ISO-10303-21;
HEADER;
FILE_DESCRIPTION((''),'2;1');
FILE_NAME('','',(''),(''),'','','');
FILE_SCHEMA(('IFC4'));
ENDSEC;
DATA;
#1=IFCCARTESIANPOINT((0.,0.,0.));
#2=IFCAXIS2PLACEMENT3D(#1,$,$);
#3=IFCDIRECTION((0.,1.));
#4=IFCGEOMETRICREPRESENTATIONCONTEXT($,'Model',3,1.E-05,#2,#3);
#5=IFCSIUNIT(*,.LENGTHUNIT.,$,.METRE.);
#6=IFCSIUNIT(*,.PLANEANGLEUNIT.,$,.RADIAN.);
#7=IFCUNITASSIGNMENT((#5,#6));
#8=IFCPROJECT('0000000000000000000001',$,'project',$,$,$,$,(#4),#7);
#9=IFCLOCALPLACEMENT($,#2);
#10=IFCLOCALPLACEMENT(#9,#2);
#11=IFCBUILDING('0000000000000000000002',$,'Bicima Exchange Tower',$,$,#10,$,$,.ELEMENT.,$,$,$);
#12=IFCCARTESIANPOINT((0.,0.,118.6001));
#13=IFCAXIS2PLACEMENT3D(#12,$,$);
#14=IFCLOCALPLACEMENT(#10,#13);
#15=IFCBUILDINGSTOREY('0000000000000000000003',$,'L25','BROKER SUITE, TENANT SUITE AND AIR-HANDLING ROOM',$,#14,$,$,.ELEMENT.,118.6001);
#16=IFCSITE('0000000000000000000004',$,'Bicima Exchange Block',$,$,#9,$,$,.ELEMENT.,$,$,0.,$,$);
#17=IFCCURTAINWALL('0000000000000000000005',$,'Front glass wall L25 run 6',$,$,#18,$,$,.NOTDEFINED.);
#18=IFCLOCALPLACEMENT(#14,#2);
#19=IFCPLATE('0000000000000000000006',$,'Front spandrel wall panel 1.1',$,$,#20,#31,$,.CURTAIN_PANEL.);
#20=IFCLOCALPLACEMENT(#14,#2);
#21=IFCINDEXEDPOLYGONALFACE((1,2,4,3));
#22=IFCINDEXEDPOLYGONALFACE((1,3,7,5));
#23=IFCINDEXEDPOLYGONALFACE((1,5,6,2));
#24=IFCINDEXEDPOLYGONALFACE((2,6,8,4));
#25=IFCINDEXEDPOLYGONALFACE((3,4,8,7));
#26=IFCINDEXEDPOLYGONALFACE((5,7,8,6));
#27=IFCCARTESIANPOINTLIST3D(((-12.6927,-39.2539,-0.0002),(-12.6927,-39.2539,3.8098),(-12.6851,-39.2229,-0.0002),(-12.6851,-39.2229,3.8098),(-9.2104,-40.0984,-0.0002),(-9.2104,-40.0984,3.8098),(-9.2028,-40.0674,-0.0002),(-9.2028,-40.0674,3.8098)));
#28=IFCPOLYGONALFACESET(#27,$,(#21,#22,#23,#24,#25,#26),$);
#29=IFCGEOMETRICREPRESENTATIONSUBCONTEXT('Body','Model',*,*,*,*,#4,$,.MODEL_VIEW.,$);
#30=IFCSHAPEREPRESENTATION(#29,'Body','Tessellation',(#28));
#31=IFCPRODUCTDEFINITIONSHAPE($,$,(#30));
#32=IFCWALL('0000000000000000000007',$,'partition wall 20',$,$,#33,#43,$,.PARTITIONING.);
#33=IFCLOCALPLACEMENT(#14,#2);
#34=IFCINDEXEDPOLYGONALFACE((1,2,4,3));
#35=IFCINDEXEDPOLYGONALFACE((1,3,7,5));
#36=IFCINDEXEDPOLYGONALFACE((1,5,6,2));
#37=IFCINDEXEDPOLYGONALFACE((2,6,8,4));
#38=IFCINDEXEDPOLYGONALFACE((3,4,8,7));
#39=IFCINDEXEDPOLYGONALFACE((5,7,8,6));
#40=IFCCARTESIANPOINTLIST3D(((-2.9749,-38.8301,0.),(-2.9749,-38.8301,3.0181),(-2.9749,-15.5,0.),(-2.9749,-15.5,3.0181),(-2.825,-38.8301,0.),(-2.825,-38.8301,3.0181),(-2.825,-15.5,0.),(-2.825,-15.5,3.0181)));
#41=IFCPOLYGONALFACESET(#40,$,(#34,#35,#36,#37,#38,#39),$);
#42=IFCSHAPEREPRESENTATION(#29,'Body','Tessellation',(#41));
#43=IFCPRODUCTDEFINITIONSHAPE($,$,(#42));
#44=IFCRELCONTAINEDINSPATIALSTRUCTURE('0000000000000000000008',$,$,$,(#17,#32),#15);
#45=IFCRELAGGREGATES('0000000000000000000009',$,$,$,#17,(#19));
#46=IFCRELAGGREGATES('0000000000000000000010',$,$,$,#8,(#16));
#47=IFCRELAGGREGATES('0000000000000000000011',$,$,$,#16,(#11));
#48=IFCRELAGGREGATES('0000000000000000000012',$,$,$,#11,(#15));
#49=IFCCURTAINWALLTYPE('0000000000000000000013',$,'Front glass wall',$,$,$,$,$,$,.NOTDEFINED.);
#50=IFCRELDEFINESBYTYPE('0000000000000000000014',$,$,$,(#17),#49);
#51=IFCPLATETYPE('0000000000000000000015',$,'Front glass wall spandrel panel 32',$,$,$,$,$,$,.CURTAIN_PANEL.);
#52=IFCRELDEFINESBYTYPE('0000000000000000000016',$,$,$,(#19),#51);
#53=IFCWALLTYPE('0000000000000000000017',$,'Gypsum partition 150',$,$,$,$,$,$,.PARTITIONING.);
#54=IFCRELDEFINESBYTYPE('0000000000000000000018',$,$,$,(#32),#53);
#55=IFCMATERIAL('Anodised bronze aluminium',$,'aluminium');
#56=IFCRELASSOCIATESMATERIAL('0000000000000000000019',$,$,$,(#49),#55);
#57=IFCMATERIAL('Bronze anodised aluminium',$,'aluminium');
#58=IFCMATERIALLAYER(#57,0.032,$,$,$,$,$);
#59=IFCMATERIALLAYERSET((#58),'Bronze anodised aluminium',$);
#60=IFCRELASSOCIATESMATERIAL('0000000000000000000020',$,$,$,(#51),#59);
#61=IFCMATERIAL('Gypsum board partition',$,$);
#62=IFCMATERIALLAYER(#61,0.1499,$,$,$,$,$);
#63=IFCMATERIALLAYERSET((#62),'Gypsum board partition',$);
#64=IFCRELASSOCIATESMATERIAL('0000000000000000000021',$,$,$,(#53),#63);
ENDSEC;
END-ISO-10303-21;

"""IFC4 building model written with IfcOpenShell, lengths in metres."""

from ifc_helpers import new_model, si_unit, direction, frame, frame_2d, origin, origin_2d, place, context, subcontext, project, spatial, rectangle, extrude, material, layer, layer_set, type_object, element, aggregate, save


model = new_model("IFC4")

# Units and contexts
model_context = context("Model", 3, precision=1e-05, world=origin(), true_north=direction((0.0, 1.0)))
body_context = subcontext(model_context, "Body", "Model", "MODEL_VIEW")
ifc_project = project(units=[si_unit("LENGTHUNIT", "METRE"), si_unit("PLANEANGLEUNIT", "RADIAN")], contexts=[model_context])

# Site, building, storey
site_placement = place(None, origin())
site = spatial("IfcSite", under=ifc_project, at=site_placement, Name="Bicima Exchange Block", CompositionType="ELEMENT", RefElevation=0.0)
building_placement = place(site_placement, origin())
building = spatial("IfcBuilding", under=site, at=building_placement, Name="Bicima Exchange Tower", CompositionType="ELEMENT")
storey_placement = place(building_placement, frame((0.0, 0.0, 118.6001)))
storey = spatial("IfcBuildingStorey", under=building, at=storey_placement, Name="L25", Description="BROKER SUITE, TENANT SUITE AND AIR-HANDLING ROOM", CompositionType="ELEMENT", Elevation=118.6001)

# Curtain wall
ifc_material_1 = material(Name="Anodised bronze aluminium", Category="aluminium")
curtain_wall_type = type_object("IfcCurtainWallType", Name="Front glass wall", PredefinedType="NOTDEFINED", material=ifc_material_1)
curtain_wall_placement = place(storey_placement, origin())
curtain_wall = element("IfcCurtainWall", 1, at=curtain_wall_placement, inside=storey, type_object=curtain_wall_type, Name="Front glass wall L25 run 6", PredefinedType="NOTDEFINED")

# Plate
ifc_material_2 = material(Name="Bronze anodised aluminium", Category="aluminium")
ifc_layer_1 = layer(ifc_material_2, 0.032)
ifc_layer_set_1 = layer_set([ifc_layer_1], Name="Bronze anodised aluminium")
plate_type_1 = type_object("IfcPlateType", Name="Front glass wall spandrel panel 32", PredefinedType="CURTAIN_PANEL", material=ifc_layer_set_1)
plate_1_placement = place(storey_placement, frame((-10.9478, -39.6606, -0.0002), z_axis=(0.0, 0.0, 1.0), x_axis=(0.97183, -0.235682, 0.0)))
plate_1 = element("IfcPlate", 2, at=plate_1_placement, type_object=plate_type_1, Name="Front spandrel wall panel 1.1", PredefinedType="CURTAIN_PANEL", context=body_context, shape_type="SweptSolid", body=[
    extrude(rectangle(XDim=3.5833, YDim=0.032, at=origin_2d()), origin(), (0.0, 0.0, 1.0), 3.8101),
])
aggregate(curtain_wall, [plate_1])

# Wall
ifc_material_3 = material(Name="Gypsum board partition")
ifc_layer_2 = layer(ifc_material_3, 0.1499)
ifc_layer_set_2 = layer_set([ifc_layer_2], Name="Gypsum board partition")
wall_type = type_object("IfcWallType", Name="Gypsum partition 150", PredefinedType="PARTITIONING", material=ifc_layer_set_2)
wall_placement = place(storey_placement, frame((-2.8999, -38.8301, 0.0), z_axis=(0.0, 0.0, 1.0), x_axis=(0.0, 1.0, 0.0)))
element("IfcWall", 3, at=wall_placement, inside=storey, type_object=wall_type, Name="partition wall 20", PredefinedType="PARTITIONING", context=body_context, shape_type="SweptSolid", body=[
    extrude(rectangle(XDim=23.3301, YDim=0.1499, at=frame_2d((11.665, 0.0))), origin(), (0.0, 0.0, 1.0), 3.0181),
])

save(model, "model.ifc")
